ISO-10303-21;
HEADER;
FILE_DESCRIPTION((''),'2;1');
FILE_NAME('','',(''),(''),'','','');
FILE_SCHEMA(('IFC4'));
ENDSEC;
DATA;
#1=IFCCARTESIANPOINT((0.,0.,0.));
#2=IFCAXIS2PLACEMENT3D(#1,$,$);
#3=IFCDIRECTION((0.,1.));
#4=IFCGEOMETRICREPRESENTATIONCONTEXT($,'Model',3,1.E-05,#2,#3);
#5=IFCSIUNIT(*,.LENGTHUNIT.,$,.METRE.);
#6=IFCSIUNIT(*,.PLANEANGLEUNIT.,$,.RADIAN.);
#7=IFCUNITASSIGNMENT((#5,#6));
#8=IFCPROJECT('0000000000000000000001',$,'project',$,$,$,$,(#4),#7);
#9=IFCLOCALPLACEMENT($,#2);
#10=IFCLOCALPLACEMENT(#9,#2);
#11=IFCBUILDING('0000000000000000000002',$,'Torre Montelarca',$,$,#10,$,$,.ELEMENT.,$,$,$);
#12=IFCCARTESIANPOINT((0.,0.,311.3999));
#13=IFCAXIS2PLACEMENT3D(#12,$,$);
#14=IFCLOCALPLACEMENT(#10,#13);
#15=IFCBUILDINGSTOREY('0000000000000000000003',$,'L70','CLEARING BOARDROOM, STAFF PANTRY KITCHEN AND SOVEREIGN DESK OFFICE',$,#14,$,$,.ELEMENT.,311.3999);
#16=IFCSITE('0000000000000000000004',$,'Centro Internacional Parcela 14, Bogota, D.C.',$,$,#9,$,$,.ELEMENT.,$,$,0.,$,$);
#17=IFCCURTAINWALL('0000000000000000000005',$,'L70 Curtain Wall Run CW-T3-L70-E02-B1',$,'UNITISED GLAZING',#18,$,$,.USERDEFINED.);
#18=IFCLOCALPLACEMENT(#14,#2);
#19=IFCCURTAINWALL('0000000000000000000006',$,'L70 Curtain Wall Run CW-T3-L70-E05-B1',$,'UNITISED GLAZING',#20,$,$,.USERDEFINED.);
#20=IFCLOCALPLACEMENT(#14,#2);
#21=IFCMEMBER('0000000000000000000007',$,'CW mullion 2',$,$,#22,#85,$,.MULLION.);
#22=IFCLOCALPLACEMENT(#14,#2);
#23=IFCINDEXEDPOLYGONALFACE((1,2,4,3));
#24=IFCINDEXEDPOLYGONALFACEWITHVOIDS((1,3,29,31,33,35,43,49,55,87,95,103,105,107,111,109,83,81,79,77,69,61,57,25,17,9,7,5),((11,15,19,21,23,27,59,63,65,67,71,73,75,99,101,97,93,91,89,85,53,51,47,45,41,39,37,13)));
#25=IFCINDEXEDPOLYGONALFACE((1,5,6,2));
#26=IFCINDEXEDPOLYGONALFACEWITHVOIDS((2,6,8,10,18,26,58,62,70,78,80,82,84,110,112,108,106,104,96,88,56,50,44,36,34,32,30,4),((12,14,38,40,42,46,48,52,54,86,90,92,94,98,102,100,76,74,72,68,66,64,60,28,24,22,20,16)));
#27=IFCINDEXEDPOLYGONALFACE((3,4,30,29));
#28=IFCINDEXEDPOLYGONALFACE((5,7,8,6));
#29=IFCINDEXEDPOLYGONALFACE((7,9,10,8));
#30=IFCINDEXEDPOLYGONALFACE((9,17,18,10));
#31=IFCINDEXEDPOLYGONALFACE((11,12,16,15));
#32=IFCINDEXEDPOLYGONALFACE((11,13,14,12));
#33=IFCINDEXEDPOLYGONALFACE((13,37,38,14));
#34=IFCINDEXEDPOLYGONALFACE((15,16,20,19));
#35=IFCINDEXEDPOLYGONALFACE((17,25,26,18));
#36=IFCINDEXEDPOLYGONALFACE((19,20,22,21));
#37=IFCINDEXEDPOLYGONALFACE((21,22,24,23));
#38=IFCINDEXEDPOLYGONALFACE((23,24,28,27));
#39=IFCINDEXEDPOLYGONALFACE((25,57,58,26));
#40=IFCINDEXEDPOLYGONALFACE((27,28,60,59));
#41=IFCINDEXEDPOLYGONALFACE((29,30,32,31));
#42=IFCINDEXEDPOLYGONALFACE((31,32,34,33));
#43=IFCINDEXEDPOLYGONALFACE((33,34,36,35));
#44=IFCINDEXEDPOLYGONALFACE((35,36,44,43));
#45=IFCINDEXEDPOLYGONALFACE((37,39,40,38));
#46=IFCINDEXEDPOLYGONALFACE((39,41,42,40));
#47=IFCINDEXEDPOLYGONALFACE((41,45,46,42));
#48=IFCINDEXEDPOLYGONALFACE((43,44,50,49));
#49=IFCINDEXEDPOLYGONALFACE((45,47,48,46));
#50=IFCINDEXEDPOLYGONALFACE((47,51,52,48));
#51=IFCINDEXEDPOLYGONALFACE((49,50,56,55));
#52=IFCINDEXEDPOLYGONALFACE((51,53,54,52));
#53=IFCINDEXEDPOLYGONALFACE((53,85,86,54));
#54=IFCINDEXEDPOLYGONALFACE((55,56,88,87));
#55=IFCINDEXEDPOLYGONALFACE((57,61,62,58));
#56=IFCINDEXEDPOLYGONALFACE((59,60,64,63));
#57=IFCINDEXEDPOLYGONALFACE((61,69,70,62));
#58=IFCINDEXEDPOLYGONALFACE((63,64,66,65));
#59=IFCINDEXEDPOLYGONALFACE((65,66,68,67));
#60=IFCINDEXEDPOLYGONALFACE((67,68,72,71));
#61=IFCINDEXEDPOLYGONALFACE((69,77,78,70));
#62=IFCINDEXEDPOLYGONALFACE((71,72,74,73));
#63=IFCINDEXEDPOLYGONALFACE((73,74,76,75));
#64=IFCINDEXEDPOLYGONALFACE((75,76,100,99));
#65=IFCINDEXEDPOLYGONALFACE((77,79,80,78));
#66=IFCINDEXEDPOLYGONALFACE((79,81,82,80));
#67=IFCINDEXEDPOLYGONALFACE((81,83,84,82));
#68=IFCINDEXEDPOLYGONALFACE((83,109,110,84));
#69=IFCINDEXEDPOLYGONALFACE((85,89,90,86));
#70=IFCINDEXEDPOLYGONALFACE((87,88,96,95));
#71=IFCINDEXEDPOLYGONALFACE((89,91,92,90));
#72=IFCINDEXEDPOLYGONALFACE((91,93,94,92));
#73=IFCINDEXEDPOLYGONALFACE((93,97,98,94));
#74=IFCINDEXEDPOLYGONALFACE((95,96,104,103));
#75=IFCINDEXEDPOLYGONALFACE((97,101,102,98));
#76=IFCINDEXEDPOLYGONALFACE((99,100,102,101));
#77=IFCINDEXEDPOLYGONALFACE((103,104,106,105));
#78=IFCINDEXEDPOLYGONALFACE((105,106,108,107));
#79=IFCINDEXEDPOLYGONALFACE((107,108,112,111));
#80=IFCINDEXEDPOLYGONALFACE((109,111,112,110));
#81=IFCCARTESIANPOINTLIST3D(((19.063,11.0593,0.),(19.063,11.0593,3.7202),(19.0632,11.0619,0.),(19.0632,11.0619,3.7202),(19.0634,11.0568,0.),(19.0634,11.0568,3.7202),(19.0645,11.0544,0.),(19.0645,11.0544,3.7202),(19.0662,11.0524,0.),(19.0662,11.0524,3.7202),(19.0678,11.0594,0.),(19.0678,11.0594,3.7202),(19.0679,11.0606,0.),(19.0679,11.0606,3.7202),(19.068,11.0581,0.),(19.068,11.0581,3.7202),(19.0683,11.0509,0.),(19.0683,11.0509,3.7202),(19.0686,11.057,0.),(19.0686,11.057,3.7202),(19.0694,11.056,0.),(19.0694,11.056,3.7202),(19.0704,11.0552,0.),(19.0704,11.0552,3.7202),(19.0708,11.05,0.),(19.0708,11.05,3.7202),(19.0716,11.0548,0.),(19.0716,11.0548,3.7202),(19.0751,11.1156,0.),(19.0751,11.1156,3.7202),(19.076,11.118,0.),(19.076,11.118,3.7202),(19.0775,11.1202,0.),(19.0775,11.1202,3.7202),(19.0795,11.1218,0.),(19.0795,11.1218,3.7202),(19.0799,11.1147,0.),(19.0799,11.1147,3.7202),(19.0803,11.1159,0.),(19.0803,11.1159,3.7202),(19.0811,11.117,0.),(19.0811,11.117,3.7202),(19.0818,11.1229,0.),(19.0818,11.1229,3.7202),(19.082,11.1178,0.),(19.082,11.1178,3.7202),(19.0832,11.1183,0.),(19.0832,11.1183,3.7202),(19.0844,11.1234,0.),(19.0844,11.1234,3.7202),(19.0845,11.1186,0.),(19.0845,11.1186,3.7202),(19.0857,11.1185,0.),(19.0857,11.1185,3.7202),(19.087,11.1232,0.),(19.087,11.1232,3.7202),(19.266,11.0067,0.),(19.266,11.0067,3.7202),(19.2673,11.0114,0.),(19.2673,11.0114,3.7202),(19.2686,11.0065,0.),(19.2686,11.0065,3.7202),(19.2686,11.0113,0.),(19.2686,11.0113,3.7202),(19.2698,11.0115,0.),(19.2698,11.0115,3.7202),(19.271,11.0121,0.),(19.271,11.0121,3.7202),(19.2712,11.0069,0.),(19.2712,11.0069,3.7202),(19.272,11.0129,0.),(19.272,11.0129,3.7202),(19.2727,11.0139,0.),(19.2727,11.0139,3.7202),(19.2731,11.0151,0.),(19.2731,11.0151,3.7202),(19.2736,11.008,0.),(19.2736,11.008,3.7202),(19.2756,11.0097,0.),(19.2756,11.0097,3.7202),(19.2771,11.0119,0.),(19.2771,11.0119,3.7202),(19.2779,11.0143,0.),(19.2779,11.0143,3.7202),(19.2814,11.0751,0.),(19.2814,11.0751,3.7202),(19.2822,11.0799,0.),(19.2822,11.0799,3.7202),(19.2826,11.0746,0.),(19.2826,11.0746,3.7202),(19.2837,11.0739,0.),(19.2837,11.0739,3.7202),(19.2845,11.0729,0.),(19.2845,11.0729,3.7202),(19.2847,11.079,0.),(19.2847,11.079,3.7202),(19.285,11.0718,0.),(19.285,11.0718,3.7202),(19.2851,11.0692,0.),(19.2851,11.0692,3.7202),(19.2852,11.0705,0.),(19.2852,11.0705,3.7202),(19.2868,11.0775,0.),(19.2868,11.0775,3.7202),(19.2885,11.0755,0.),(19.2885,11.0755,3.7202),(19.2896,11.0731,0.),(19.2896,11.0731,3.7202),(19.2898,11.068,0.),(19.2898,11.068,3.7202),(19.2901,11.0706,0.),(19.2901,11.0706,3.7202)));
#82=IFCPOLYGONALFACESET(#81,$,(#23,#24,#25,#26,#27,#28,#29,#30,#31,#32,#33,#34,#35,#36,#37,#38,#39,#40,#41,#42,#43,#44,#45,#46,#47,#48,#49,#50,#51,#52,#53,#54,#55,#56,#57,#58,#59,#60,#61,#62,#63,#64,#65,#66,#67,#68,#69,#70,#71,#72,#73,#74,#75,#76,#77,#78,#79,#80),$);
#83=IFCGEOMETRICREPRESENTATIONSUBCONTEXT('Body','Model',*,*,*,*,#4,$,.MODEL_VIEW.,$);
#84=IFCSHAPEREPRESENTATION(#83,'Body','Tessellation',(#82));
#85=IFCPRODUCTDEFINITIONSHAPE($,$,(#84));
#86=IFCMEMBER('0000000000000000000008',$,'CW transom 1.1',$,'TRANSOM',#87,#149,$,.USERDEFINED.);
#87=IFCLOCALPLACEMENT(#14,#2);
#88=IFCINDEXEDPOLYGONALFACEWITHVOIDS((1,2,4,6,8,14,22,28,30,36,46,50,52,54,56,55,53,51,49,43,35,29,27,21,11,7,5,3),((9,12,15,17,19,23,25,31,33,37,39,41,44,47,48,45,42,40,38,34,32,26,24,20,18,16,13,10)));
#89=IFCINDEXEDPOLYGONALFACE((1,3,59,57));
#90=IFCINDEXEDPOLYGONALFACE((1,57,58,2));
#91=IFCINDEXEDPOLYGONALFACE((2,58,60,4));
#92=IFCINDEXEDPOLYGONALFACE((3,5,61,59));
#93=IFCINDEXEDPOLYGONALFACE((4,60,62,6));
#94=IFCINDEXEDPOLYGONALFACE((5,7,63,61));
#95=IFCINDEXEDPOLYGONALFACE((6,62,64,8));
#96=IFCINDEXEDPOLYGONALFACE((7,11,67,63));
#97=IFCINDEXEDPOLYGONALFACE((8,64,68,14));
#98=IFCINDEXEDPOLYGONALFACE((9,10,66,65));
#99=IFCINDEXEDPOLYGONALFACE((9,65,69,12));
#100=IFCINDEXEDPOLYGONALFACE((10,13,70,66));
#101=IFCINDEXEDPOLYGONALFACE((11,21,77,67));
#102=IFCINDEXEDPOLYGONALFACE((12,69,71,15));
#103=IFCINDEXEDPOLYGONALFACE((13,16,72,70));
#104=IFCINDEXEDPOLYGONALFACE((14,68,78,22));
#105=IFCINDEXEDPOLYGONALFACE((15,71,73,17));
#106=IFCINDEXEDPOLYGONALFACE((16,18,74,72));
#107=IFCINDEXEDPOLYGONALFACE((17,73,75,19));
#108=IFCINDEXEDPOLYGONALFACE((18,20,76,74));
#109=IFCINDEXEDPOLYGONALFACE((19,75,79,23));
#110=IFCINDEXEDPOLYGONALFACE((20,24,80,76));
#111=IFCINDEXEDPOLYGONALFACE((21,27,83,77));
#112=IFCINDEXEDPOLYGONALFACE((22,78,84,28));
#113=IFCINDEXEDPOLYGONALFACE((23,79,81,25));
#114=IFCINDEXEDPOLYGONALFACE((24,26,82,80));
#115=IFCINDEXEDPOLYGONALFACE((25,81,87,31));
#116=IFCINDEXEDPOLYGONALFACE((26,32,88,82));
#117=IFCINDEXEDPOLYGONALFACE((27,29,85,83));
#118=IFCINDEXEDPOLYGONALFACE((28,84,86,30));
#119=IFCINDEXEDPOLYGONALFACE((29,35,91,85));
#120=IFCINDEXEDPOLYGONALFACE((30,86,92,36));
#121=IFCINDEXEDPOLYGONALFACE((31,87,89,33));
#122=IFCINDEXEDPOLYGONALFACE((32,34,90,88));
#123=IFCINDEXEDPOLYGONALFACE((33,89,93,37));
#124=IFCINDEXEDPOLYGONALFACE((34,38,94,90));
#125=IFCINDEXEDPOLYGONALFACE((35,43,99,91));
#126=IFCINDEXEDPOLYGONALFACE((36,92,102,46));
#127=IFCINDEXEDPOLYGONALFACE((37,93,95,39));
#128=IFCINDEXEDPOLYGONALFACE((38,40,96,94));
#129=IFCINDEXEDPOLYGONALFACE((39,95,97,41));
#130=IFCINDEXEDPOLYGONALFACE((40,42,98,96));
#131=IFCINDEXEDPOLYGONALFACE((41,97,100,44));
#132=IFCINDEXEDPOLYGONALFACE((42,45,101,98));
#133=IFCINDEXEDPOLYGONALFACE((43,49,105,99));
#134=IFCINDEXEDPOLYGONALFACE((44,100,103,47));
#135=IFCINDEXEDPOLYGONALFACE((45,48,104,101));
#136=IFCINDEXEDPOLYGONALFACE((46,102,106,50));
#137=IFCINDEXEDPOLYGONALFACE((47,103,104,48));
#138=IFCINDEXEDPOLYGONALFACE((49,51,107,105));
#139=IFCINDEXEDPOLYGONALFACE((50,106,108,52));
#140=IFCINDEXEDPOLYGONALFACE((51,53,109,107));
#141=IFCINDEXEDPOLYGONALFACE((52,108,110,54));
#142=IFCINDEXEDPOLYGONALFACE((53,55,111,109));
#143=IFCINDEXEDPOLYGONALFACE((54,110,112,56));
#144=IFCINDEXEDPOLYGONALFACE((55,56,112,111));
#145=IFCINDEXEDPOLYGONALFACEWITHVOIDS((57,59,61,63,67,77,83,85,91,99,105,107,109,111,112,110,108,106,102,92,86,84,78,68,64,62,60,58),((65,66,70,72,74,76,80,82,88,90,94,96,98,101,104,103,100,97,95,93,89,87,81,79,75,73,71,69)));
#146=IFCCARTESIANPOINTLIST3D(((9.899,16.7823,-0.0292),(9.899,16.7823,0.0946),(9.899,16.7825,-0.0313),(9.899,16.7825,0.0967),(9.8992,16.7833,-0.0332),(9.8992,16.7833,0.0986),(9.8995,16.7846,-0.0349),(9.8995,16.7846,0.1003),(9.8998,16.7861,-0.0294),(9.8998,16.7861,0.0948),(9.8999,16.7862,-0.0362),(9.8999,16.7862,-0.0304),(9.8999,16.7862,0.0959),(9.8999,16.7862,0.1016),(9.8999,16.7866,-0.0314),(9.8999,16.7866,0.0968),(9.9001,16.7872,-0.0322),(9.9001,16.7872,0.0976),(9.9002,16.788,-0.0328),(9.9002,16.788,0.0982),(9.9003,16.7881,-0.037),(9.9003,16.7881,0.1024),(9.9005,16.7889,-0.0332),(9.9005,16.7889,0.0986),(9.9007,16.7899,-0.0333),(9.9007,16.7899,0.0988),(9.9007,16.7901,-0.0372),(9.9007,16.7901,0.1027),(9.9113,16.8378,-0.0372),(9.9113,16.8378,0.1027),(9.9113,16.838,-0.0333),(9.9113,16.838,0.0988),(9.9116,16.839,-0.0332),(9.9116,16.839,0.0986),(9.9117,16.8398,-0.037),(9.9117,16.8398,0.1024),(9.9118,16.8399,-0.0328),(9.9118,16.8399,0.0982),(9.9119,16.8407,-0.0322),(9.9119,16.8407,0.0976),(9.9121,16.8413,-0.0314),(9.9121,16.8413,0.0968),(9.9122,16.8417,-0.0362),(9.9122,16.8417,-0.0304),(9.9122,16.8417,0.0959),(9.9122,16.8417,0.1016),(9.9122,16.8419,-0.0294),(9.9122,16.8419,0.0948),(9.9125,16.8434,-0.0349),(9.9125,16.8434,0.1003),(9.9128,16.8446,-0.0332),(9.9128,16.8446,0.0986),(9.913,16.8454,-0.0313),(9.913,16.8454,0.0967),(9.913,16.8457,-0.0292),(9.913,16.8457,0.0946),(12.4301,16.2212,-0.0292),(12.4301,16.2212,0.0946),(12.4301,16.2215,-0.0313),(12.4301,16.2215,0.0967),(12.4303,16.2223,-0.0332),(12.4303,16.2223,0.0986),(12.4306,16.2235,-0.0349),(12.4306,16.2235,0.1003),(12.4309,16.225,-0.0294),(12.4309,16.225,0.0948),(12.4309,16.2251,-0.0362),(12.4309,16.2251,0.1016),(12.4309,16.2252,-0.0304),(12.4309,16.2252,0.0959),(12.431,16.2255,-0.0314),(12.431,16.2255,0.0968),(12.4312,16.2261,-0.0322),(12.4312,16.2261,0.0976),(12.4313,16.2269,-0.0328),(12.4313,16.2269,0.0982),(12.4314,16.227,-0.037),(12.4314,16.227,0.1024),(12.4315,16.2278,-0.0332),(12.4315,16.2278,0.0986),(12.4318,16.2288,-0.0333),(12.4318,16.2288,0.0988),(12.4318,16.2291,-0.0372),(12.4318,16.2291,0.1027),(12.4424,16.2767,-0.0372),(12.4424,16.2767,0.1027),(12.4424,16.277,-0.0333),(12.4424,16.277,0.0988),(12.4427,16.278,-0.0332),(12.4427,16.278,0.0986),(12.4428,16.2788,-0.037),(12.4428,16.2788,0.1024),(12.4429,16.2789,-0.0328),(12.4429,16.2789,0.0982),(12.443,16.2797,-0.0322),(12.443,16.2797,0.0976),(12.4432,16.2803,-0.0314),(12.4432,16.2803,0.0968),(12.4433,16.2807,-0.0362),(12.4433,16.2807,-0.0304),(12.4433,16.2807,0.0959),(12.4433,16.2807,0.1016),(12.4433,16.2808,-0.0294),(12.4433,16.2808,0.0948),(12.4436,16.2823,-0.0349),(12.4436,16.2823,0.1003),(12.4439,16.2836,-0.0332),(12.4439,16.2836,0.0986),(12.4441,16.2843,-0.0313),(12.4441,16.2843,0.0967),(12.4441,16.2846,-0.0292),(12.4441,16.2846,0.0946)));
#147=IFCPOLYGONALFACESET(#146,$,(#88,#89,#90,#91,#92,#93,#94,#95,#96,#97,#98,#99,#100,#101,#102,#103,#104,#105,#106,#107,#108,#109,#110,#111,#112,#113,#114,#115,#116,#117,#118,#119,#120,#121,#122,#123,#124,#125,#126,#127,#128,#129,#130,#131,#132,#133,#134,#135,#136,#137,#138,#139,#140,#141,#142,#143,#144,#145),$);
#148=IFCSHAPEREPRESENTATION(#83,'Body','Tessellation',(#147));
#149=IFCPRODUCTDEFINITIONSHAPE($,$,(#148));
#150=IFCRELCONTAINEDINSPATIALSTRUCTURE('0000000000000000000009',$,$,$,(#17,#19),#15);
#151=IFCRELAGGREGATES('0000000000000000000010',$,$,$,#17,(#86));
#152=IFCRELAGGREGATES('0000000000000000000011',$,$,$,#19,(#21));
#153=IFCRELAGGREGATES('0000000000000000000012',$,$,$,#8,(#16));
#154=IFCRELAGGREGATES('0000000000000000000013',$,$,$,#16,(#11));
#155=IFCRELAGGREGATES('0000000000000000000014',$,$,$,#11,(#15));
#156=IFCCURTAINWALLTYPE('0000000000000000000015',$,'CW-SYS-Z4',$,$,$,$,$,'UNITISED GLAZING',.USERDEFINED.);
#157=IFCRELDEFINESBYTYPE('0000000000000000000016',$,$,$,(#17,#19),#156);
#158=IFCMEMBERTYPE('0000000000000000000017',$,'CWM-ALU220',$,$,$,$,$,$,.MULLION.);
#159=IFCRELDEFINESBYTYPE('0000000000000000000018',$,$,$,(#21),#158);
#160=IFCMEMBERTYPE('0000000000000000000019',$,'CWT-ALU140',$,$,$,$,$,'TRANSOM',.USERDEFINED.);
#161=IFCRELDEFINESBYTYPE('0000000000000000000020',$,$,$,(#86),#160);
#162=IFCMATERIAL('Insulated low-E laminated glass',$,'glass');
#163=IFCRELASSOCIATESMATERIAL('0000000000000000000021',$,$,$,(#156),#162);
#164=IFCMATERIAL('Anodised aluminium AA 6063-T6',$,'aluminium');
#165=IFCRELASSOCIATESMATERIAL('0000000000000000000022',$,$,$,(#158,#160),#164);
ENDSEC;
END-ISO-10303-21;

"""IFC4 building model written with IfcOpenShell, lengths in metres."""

from ifc_helpers import new_model, si_unit, direction, frame, origin, origin_2d, place, context, subcontext, project, spatial, hollow_rectangle, extrude, source, transform, mapped, material, material_profile, profile_set, type_object, element, aggregate, save


model = new_model("IFC4")

# Units and contexts
model_context = context("Model", 3, precision=1e-05, world=origin(), true_north=direction((0.0, 1.0)))
body_context = subcontext(model_context, "Body", "Model", "MODEL_VIEW")
ifc_project = project(units=[si_unit("LENGTHUNIT", "METRE"), si_unit("PLANEANGLEUNIT", "RADIAN")], contexts=[model_context])

# Site, building, storey
site_placement = place(None, origin())
site = spatial("IfcSite", under=ifc_project, at=site_placement, Name="Centro Internacional Parcela 14, Bogota, D.C.", CompositionType="ELEMENT", RefElevation=0.0)
building_placement = place(site_placement, origin())
building = spatial("IfcBuilding", under=site, at=building_placement, Name="Torre Montelarca", CompositionType="ELEMENT")
storey_placement = place(building_placement, frame((0.0, 0.0, 311.3999)))
storey = spatial("IfcBuildingStorey", under=building, at=storey_placement, Name="L70", Description="CLEARING BOARDROOM, STAFF PANTRY KITCHEN AND SOVEREIGN DESK OFFICE", CompositionType="ELEMENT", Elevation=311.3999)

# Curtain walls, member
ifc_material_1 = material(Name="Insulated low-E laminated glass", Category="glass")
curtain_wall_type = type_object("IfcCurtainWallType", Name="CW-SYS-Z4", ElementType="UNITISED GLAZING", PredefinedType="USERDEFINED", material=ifc_material_1)
curtain_wall_1_placement = place(storey_placement, origin())
curtain_wall_1 = element("IfcCurtainWall", 1, at=curtain_wall_1_placement, inside=storey, type_object=curtain_wall_type, Name="L70 Curtain Wall Run CW-T3-L70-E02-B1", ObjectType="UNITISED GLAZING", PredefinedType="USERDEFINED")
ifc_material_2 = material(Name="Anodised aluminium AA 6063-T6", Category="aluminium")
ifc_material_profile_1 = material_profile(ifc_material_2, hollow_rectangle(XDim=0.075, YDim=0.22, WallThickness=0.0049, InnerFilletRadius=0.0049, OuterFilletRadius=0.01, at=origin_2d()), Name="ALU75X220X5", Category="aluminium")
ifc_profile_set_1 = profile_set([ifc_material_profile_1], Name="Anodised aluminium AA 6063-T6")
member_type_1 = type_object("IfcMemberType", Name="CWM-ALU220", PredefinedType="MULLION", material=ifc_profile_set_1)
shared_shape_1 = source(origin(), body_context, "Body", "SweptSolid", [
    extrude(hollow_rectangle(XDim=0.075, YDim=0.22, WallThickness=0.0049, InnerFilletRadius=0.0049, OuterFilletRadius=0.01, at=origin_2d()), origin(), (0.0, 0.0, 1.0), 3.7202),
])
curtain_wall_2_placement = place(storey_placement, origin())
curtain_wall_2 = element("IfcCurtainWall", 2, at=curtain_wall_2_placement, inside=storey, type_object=curtain_wall_type, Name="L70 Curtain Wall Run CW-T3-L70-E05-B1", ObjectType="UNITISED GLAZING", PredefinedType="USERDEFINED")
member_1_placement = place(storey_placement, frame((19.1765, 11.0649, 0.0), z_axis=(0.0, 0.0, 1.0), x_axis=(0.216439, 0.976296, 0.0)))
member_1 = element("IfcMember", 3, at=member_1_placement, type_object=member_type_1, Name="CW mullion 2", PredefinedType="MULLION", context=body_context, shape_type="MappedRepresentation", body=[
    mapped(shared_shape_1, transform((0.0, 0.0, 0.0), scale=1.0)),
])

# Member
ifc_material_profile_2 = material_profile(ifc_material_2, hollow_rectangle(XDim=0.0649, YDim=0.1399, WallThickness=0.0039, InnerFilletRadius=0.0039, OuterFilletRadius=0.0081, at=origin_2d()), Name="ALU65X140X4", Category="aluminium")
ifc_profile_set_2 = profile_set([ifc_material_profile_2], Name="Anodised aluminium AA 6063-T6")
member_type_2 = type_object("IfcMemberType", Name="CWT-ALU140", ElementType="TRANSOM", PredefinedType="USERDEFINED", material=ifc_profile_set_2)
shared_shape_2 = source(origin(), body_context, "Body", "SweptSolid", [
    extrude(hollow_rectangle(XDim=0.0649, YDim=0.1399, WallThickness=0.0039, InnerFilletRadius=0.0039, OuterFilletRadius=0.0081, at=origin_2d()), origin(), (0.0, 0.0, 1.0), 2.5925),
])
member_2_placement = place(storey_placement, frame((9.906, 16.814, 0.0327), z_axis=(0.976302, -0.216412, 0.0), x_axis=(0.216412, 0.976302, 0.0)))
member_2 = element("IfcMember", 4, at=member_2_placement, type_object=member_type_2, Name="CW transom 1.1", ObjectType="TRANSOM", PredefinedType="USERDEFINED", context=body_context, shape_type="MappedRepresentation", body=[
    mapped(shared_shape_2, transform((0.0, 0.0, 0.0), scale=1.0)),
])

aggregate(curtain_wall_1, [member_2])
aggregate(curtain_wall_2, [member_1])

save(model, "model.ifc")
